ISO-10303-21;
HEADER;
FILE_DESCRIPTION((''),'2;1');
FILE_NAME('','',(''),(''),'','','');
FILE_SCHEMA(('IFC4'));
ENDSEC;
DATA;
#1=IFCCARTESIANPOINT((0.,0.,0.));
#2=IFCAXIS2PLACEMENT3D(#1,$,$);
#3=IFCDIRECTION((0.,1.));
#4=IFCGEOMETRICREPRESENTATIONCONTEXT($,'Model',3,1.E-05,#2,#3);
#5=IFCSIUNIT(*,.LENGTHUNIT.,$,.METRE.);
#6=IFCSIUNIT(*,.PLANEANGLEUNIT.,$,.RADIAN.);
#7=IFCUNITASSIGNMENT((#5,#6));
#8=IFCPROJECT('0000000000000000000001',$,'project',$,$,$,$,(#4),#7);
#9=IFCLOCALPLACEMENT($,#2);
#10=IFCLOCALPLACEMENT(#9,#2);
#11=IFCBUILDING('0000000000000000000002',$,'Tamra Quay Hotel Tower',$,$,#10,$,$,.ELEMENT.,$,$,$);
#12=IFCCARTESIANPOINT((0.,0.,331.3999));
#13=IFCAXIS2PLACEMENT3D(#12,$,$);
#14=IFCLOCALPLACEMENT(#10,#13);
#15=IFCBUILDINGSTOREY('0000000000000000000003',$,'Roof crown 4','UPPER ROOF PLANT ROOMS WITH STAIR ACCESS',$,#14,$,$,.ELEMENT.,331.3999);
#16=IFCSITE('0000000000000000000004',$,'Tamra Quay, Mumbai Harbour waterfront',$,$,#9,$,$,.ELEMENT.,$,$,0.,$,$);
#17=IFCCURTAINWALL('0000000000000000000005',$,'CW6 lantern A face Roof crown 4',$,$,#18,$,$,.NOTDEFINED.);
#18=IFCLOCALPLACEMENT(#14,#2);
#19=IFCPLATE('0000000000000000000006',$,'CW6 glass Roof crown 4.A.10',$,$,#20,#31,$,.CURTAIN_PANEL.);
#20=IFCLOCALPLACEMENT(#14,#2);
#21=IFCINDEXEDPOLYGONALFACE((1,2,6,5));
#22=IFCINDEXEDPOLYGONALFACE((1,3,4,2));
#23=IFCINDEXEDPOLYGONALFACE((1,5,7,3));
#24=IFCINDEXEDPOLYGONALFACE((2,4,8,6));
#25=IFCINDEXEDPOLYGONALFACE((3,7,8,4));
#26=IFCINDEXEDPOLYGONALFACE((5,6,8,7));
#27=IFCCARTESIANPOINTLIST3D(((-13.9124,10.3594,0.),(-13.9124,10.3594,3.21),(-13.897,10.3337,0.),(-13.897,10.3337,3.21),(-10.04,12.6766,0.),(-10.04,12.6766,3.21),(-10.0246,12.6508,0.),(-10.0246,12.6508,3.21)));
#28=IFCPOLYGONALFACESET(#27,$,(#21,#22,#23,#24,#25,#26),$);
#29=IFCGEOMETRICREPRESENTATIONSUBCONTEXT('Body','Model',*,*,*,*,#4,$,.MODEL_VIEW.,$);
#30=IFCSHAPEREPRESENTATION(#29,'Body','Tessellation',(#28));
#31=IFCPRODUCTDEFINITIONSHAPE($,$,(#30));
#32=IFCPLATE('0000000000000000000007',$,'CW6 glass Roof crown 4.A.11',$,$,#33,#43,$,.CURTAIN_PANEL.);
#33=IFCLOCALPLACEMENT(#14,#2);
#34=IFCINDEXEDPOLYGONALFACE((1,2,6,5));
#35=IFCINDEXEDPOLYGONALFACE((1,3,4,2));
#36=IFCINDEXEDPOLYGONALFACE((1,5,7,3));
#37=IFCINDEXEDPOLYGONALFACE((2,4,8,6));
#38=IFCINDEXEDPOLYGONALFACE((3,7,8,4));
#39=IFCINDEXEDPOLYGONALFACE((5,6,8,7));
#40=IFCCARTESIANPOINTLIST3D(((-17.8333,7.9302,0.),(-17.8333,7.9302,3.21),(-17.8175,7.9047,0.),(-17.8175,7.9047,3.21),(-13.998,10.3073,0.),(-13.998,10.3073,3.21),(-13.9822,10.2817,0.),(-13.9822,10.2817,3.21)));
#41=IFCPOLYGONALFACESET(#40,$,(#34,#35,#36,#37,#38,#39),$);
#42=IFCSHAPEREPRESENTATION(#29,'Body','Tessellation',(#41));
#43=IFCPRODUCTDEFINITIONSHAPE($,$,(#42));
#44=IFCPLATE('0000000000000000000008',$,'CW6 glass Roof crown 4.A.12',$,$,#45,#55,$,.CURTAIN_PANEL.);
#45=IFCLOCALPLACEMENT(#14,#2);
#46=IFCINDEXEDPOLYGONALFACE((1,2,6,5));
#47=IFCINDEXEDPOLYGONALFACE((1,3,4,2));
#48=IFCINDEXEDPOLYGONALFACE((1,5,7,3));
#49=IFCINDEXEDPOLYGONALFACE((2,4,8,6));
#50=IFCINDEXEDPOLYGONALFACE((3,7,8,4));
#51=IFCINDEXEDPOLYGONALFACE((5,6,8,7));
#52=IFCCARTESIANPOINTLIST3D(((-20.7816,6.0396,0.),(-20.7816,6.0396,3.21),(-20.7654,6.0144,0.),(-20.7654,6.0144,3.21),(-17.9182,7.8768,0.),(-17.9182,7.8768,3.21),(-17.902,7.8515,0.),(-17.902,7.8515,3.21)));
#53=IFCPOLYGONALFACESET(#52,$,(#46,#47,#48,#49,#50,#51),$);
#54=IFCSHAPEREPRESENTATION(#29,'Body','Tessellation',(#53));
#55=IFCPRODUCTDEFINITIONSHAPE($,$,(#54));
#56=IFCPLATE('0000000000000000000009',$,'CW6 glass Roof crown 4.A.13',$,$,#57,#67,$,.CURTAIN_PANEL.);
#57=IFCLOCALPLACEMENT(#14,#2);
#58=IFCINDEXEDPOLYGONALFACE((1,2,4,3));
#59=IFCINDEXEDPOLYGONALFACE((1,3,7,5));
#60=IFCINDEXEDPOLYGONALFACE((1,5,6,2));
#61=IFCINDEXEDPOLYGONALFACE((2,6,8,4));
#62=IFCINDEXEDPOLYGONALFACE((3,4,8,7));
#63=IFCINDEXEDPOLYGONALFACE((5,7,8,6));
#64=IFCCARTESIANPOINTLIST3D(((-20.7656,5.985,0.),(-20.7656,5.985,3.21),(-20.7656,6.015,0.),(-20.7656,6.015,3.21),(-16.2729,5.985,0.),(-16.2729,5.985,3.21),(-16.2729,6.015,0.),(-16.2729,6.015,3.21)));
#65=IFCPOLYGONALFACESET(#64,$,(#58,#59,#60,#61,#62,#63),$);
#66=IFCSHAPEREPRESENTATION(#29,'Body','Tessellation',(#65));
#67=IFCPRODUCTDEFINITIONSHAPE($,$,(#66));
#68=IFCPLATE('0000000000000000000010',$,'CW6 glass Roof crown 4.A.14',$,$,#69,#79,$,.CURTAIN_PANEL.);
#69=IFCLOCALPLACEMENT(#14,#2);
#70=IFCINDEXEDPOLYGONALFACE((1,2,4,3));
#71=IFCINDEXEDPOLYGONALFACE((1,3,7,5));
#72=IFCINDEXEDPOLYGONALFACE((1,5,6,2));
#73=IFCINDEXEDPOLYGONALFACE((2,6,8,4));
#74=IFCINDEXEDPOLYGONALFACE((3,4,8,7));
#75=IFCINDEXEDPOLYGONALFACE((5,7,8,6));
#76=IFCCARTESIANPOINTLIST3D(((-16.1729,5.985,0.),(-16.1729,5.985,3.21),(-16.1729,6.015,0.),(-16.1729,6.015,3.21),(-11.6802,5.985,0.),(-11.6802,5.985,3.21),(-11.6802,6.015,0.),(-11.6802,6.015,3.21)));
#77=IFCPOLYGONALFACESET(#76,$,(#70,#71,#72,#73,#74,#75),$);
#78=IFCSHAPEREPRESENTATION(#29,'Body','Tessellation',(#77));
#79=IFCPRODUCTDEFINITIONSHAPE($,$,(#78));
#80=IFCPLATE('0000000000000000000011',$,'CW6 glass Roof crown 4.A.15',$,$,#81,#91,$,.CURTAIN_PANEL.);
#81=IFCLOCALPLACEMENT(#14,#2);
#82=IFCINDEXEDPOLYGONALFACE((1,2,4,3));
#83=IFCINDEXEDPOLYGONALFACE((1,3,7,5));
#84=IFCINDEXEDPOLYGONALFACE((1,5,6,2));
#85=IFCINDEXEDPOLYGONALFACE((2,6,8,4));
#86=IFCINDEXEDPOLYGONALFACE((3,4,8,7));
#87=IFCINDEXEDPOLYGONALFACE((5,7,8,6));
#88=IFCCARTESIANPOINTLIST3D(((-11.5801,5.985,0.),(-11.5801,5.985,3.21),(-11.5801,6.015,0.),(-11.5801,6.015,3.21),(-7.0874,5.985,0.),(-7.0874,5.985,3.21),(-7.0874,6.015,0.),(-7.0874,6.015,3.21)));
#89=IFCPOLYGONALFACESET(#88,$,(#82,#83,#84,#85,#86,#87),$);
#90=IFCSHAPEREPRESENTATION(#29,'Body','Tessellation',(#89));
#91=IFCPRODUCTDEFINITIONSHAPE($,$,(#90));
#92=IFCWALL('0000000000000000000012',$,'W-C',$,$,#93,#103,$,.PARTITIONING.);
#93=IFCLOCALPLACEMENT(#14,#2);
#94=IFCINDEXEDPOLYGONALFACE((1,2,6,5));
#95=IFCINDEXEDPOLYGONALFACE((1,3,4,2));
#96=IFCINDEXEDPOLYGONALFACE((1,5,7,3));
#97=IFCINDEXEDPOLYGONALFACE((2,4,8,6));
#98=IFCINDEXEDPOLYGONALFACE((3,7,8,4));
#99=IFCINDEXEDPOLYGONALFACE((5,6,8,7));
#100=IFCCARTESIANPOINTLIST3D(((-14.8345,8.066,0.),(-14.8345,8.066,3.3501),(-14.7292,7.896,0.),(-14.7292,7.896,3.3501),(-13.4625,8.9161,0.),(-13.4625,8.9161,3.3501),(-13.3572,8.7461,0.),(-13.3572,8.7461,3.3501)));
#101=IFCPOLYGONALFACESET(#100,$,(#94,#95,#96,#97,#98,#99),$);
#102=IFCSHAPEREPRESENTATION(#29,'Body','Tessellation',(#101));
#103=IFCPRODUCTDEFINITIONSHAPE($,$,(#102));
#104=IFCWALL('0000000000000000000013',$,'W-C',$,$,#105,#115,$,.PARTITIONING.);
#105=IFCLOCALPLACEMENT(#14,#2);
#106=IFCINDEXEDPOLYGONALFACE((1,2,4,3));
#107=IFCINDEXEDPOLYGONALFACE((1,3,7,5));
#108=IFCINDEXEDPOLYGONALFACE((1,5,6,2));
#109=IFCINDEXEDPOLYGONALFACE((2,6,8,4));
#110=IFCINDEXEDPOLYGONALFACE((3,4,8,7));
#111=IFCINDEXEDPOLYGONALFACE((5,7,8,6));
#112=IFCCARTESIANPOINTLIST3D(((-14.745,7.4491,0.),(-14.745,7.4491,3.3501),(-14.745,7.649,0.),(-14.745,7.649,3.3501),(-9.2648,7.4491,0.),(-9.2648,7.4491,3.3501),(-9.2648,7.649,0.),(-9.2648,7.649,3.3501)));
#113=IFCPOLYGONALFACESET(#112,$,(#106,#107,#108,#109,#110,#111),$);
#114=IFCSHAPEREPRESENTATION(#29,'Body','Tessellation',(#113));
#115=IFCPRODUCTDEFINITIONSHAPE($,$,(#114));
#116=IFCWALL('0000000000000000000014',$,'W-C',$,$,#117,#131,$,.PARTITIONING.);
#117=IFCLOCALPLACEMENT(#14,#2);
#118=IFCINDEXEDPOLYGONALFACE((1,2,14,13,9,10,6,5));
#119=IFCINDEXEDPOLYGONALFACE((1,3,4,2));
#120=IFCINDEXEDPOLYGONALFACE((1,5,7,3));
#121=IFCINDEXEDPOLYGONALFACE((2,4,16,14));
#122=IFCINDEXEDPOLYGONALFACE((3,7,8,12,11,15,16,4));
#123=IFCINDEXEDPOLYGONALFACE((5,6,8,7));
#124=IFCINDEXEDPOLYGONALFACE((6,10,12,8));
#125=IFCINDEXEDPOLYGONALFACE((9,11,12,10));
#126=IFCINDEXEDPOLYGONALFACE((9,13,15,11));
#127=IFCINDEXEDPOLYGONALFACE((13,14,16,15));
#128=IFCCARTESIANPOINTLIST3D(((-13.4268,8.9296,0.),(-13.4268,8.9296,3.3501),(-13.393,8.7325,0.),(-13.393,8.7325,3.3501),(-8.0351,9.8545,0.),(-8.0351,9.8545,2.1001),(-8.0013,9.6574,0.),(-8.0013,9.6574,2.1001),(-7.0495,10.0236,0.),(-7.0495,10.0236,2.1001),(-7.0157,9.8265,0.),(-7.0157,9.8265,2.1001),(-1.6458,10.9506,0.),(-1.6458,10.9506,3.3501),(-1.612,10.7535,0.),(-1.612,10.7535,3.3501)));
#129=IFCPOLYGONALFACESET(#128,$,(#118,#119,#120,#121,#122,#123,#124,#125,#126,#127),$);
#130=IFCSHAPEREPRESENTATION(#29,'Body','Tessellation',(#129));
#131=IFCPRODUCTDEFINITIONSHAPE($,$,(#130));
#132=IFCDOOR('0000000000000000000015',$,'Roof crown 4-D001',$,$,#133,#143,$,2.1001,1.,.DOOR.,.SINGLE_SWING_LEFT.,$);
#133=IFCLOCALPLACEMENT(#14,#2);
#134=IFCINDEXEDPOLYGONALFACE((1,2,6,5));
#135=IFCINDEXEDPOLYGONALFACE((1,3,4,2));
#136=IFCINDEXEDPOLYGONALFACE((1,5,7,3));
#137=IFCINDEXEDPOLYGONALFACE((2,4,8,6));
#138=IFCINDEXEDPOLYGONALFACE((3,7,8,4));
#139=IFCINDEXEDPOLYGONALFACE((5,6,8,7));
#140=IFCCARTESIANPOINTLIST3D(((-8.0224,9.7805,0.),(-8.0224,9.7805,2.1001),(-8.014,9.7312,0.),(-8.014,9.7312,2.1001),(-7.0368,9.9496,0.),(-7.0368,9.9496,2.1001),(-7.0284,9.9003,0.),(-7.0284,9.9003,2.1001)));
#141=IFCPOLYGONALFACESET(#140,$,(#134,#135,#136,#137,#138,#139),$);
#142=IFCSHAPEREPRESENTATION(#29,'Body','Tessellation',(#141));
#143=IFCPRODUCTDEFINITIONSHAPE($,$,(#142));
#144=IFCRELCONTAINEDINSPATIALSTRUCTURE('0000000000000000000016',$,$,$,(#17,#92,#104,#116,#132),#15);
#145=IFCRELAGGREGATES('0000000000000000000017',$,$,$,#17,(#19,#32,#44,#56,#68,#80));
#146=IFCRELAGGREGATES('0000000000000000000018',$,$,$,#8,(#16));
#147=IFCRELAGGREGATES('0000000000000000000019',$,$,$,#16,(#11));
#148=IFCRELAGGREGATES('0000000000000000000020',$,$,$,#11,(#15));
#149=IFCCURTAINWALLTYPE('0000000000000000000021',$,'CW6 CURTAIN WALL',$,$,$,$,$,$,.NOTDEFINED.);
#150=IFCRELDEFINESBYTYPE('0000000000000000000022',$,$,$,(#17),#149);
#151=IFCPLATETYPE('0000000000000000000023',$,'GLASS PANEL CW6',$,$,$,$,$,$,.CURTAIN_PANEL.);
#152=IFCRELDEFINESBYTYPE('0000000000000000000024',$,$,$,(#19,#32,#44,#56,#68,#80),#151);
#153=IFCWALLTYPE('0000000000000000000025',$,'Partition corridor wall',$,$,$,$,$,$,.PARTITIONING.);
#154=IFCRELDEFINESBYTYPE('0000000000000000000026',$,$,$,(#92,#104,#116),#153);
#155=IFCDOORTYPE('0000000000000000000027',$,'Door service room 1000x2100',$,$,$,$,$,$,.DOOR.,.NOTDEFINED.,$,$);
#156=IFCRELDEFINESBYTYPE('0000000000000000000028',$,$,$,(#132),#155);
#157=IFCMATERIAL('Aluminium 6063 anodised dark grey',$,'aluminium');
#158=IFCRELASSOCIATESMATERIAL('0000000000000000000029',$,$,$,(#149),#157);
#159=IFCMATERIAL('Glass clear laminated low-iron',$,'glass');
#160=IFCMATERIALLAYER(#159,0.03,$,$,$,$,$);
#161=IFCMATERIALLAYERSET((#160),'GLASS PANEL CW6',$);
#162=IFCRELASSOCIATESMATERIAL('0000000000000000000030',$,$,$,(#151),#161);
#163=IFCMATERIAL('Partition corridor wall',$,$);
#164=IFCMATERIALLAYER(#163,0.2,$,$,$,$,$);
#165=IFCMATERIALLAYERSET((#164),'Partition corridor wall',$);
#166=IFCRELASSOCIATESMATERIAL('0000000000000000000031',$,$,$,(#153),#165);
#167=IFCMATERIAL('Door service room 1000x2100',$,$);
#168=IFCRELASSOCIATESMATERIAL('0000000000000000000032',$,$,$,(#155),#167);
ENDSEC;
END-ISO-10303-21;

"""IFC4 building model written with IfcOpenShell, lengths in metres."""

from ifc_helpers import new_model, si_unit, direction, frame, frame_2d, origin, origin_2d, place, context, subcontext, project, spatial, rectangle, extrude, material, layer, layer_set, type_object, element, fill, aggregate, save


model = new_model("IFC4")

# Units and contexts
model_context = context("Model", 3, precision=1e-05, world=origin(), true_north=direction((0.0, 1.0)))
body_context = subcontext(model_context, "Body", "Model", "MODEL_VIEW")
ifc_project = project(units=[si_unit("LENGTHUNIT", "METRE"), si_unit("PLANEANGLEUNIT", "RADIAN")], contexts=[model_context])

# Site, building, storey
site_placement = place(None, origin())
site = spatial("IfcSite", under=ifc_project, at=site_placement, Name="Tamra Quay, Mumbai Harbour waterfront", CompositionType="ELEMENT", RefElevation=0.0)
building_placement = place(site_placement, origin())
building = spatial("IfcBuilding", under=site, at=building_placement, Name="Tamra Quay Hotel Tower", CompositionType="ELEMENT")
storey_placement = place(building_placement, frame((0.0, 0.0, 331.3999)))
storey = spatial("IfcBuildingStorey", under=building, at=storey_placement, Name="Roof crown 4", Description="UPPER ROOF PLANT ROOMS WITH STAIR ACCESS", CompositionType="ELEMENT", Elevation=331.3999)

# Curtain wall, plates
ifc_material_1 = material(Name="Aluminium 6063 anodised dark grey", Category="aluminium")
curtain_wall_type = type_object("IfcCurtainWallType", Name="CW6 CURTAIN WALL", PredefinedType="NOTDEFINED", material=ifc_material_1)
curtain_wall_placement = place(storey_placement, origin())
curtain_wall = element("IfcCurtainWall", 1, at=curtain_wall_placement, inside=storey, type_object=curtain_wall_type, Name="CW6 lantern A face Roof crown 4", PredefinedType="NOTDEFINED")
ifc_material_2 = material(Name="Glass clear laminated low-iron", Category="glass")
ifc_layer_1 = layer(ifc_material_2, 0.03)
ifc_layer_set_1 = layer_set([ifc_layer_1], Name="GLASS PANEL CW6")
plate_type = type_object("IfcPlateType", Name="GLASS PANEL CW6", PredefinedType="CURTAIN_PANEL", material=ifc_layer_set_1)
plate_1_placement = place(storey_placement, frame((-11.9685, 11.5051, 0.0), z_axis=(0.0, 0.0, 1.0), x_axis=(-0.858104, -0.513477, 0.0)))
plate_1 = element("IfcPlate", 2, at=plate_1_placement, type_object=plate_type, Name="CW6 glass Roof crown 4.A.10", PredefinedType="CURTAIN_PANEL", context=body_context, shape_type="SweptSolid", body=[
    extrude(rectangle(XDim=4.5127, YDim=0.03, at=origin_2d()), origin(), (0.0, 0.0, 1.0), 3.21),
])
plate_2_placement = place(storey_placement, frame((-15.9077, 9.106, 0.0), z_axis=(0.0, 0.0, 1.0), x_axis=(-0.849982, -0.526812, 0.0)))
plate_2 = element("IfcPlate", 3, at=plate_2_placement, type_object=plate_type, Name="CW6 glass Roof crown 4.A.11", PredefinedType="CURTAIN_PANEL", context=body_context, shape_type="SweptSolid", body=[
    extrude(rectangle(XDim=4.5122, YDim=0.03, at=origin_2d()), origin(), (0.0, 0.0, 1.0), 3.21),
])
plate_3_placement = place(storey_placement, frame((-19.3418, 6.9456, 0.0), z_axis=(0.0, 0.0, 1.0), x_axis=(-0.841665, -0.54, 0.0)))
plate_3 = element("IfcPlate", 4, at=plate_3_placement, type_object=plate_type, Name="CW6 glass Roof crown 4.A.12", PredefinedType="CURTAIN_PANEL", context=body_context, shape_type="SweptSolid", body=[
    extrude(rectangle(XDim=3.4021, YDim=0.03, at=origin_2d()), origin(), (0.0, 0.0, 1.0), 3.21),
])
plate_4_placement = place(storey_placement, frame((-18.5193, 6.0, 0.0), z_axis=(0.0, 0.0, 1.0), x_axis=(1.0, 0.0, 0.0)))
plate_4 = element("IfcPlate", 5, at=plate_4_placement, type_object=plate_type, Name="CW6 glass Roof crown 4.A.13", PredefinedType="CURTAIN_PANEL", context=body_context, shape_type="SweptSolid", body=[
    extrude(rectangle(XDim=4.4927, YDim=0.03, at=origin_2d()), origin(), (0.0, 0.0, 1.0), 3.21),
])
plate_5_placement = place(storey_placement, frame((-13.9265, 6.0, 0.0), z_axis=(0.0, 0.0, 1.0), x_axis=(1.0, 0.0, 0.0)))
plate_5 = element("IfcPlate", 6, at=plate_5_placement, type_object=plate_type, Name="CW6 glass Roof crown 4.A.14", PredefinedType="CURTAIN_PANEL", context=body_context, shape_type="SweptSolid", body=[
    extrude(rectangle(XDim=4.4927, YDim=0.03, at=origin_2d()), origin(), (0.0, 0.0, 1.0), 3.21),
])
plate_6_placement = place(storey_placement, frame((-9.3337, 6.0, 0.0), z_axis=(0.0, 0.0, 1.0), x_axis=(1.0, 0.0, 0.0)))
plate_6 = element("IfcPlate", 7, at=plate_6_placement, type_object=plate_type, Name="CW6 glass Roof crown 4.A.15", PredefinedType="CURTAIN_PANEL", context=body_context, shape_type="SweptSolid", body=[
    extrude(rectangle(XDim=4.4927, YDim=0.03, at=origin_2d()), origin(), (0.0, 0.0, 1.0), 3.21),
])
aggregate(curtain_wall, [plate_1, plate_2, plate_3, plate_4, plate_5, plate_6])

# Walls
ifc_material_3 = material(Name="Partition corridor wall")
ifc_layer_2 = layer(ifc_material_3, 0.2)
ifc_layer_set_2 = layer_set([ifc_layer_2], Name="Partition corridor wall")
wall_type = type_object("IfcWallType", Name="Partition corridor wall", PredefinedType="PARTITIONING", material=ifc_layer_set_2)
wall_1_placement = place(storey_placement, frame((-14.782, 7.981, 0.0), z_axis=(0.0, 0.0, 1.0), x_axis=(0.850065, 0.526677, 0.0)))
element("IfcWall", 8, at=wall_1_placement, inside=storey, type_object=wall_type, Name="W-C", PredefinedType="PARTITIONING", context=body_context, shape_type="SweptSolid", body=[
    extrude(rectangle(XDim=1.614, YDim=0.2, at=frame_2d((0.8071, 0.0))), origin(), (0.0, 0.0, 1.0), 3.3501),
])
wall_2_placement = place(storey_placement, frame((-14.7451, 7.5491, 0.0), z_axis=(0.0, 0.0, 1.0), x_axis=(1.0, 0.0, 0.0)))
element("IfcWall", 9, at=wall_2_placement, inside=storey, type_object=wall_type, Name="W-C", PredefinedType="PARTITIONING", context=body_context, shape_type="SweptSolid", body=[
    extrude(rectangle(XDim=5.4802, YDim=0.2, at=frame_2d((2.7402, 0.0))), origin(), (0.0, 0.0, 1.0), 3.3501),
])

# Wall, opening, door
wall_3_placement = place(storey_placement, frame((-13.4099, 8.8311, 0.0), z_axis=(0.0, 0.0, 1.0), x_axis=(0.985603, 0.169077, 0.0)))
wall_3 = element("IfcWall", 10, at=wall_3_placement, inside=storey, type_object=wall_type, Name="W-C", PredefinedType="PARTITIONING", context=body_context, shape_type="SweptSolid", body=[
    extrude(rectangle(XDim=11.9531, YDim=0.2, at=frame_2d((5.9766, 0.0))), origin(), (0.0, 0.0, 1.0), 3.3501),
])
opening_placement = place(wall_3_placement, frame((5.4705, 0.0, 0.0)))
opening = element("IfcOpeningElement", 11, at=opening_placement, cuts=wall_3, PredefinedType="OPENING", context=body_context, shape_type="SweptSolid", body=[
    extrude(rectangle(XDim=1.0, YDim=2.1001, at=frame_2d((0.5, 1.05))), frame((0.0, 0.1099, 0.0), z_axis=(0.0, -1.0, 0.0), x_axis=(1.0, 0.0, 0.0)), (0.0, 0.0, 1.0), 0.22),
])
ifc_material_4 = material(Name="Door service room 1000x2100")
door_type = type_object("IfcDoorType", Name="Door service room 1000x2100", OperationType="NOTDEFINED", PredefinedType="DOOR", material=ifc_material_4)
door_placement = place(opening_placement, origin())
door = element("IfcDoor", 12, at=door_placement, inside=storey, type_object=door_type, Name="Roof crown 4-D001", OperationType="SINGLE_SWING_LEFT", OverallHeight=2.1001, OverallWidth=1.0, PredefinedType="DOOR", context=body_context, shape_type="SweptSolid", body=[
    extrude(rectangle(XDim=1.0, YDim=2.1001, at=frame_2d((0.5, 1.05))), frame((0.0, 0.0249, 0.0), z_axis=(0.0, -1.0, 0.0), x_axis=(1.0, 0.0, 0.0)), (0.0, 0.0, 1.0), 0.05),
])
fill(opening, door)

save(model, "model.ifc")
